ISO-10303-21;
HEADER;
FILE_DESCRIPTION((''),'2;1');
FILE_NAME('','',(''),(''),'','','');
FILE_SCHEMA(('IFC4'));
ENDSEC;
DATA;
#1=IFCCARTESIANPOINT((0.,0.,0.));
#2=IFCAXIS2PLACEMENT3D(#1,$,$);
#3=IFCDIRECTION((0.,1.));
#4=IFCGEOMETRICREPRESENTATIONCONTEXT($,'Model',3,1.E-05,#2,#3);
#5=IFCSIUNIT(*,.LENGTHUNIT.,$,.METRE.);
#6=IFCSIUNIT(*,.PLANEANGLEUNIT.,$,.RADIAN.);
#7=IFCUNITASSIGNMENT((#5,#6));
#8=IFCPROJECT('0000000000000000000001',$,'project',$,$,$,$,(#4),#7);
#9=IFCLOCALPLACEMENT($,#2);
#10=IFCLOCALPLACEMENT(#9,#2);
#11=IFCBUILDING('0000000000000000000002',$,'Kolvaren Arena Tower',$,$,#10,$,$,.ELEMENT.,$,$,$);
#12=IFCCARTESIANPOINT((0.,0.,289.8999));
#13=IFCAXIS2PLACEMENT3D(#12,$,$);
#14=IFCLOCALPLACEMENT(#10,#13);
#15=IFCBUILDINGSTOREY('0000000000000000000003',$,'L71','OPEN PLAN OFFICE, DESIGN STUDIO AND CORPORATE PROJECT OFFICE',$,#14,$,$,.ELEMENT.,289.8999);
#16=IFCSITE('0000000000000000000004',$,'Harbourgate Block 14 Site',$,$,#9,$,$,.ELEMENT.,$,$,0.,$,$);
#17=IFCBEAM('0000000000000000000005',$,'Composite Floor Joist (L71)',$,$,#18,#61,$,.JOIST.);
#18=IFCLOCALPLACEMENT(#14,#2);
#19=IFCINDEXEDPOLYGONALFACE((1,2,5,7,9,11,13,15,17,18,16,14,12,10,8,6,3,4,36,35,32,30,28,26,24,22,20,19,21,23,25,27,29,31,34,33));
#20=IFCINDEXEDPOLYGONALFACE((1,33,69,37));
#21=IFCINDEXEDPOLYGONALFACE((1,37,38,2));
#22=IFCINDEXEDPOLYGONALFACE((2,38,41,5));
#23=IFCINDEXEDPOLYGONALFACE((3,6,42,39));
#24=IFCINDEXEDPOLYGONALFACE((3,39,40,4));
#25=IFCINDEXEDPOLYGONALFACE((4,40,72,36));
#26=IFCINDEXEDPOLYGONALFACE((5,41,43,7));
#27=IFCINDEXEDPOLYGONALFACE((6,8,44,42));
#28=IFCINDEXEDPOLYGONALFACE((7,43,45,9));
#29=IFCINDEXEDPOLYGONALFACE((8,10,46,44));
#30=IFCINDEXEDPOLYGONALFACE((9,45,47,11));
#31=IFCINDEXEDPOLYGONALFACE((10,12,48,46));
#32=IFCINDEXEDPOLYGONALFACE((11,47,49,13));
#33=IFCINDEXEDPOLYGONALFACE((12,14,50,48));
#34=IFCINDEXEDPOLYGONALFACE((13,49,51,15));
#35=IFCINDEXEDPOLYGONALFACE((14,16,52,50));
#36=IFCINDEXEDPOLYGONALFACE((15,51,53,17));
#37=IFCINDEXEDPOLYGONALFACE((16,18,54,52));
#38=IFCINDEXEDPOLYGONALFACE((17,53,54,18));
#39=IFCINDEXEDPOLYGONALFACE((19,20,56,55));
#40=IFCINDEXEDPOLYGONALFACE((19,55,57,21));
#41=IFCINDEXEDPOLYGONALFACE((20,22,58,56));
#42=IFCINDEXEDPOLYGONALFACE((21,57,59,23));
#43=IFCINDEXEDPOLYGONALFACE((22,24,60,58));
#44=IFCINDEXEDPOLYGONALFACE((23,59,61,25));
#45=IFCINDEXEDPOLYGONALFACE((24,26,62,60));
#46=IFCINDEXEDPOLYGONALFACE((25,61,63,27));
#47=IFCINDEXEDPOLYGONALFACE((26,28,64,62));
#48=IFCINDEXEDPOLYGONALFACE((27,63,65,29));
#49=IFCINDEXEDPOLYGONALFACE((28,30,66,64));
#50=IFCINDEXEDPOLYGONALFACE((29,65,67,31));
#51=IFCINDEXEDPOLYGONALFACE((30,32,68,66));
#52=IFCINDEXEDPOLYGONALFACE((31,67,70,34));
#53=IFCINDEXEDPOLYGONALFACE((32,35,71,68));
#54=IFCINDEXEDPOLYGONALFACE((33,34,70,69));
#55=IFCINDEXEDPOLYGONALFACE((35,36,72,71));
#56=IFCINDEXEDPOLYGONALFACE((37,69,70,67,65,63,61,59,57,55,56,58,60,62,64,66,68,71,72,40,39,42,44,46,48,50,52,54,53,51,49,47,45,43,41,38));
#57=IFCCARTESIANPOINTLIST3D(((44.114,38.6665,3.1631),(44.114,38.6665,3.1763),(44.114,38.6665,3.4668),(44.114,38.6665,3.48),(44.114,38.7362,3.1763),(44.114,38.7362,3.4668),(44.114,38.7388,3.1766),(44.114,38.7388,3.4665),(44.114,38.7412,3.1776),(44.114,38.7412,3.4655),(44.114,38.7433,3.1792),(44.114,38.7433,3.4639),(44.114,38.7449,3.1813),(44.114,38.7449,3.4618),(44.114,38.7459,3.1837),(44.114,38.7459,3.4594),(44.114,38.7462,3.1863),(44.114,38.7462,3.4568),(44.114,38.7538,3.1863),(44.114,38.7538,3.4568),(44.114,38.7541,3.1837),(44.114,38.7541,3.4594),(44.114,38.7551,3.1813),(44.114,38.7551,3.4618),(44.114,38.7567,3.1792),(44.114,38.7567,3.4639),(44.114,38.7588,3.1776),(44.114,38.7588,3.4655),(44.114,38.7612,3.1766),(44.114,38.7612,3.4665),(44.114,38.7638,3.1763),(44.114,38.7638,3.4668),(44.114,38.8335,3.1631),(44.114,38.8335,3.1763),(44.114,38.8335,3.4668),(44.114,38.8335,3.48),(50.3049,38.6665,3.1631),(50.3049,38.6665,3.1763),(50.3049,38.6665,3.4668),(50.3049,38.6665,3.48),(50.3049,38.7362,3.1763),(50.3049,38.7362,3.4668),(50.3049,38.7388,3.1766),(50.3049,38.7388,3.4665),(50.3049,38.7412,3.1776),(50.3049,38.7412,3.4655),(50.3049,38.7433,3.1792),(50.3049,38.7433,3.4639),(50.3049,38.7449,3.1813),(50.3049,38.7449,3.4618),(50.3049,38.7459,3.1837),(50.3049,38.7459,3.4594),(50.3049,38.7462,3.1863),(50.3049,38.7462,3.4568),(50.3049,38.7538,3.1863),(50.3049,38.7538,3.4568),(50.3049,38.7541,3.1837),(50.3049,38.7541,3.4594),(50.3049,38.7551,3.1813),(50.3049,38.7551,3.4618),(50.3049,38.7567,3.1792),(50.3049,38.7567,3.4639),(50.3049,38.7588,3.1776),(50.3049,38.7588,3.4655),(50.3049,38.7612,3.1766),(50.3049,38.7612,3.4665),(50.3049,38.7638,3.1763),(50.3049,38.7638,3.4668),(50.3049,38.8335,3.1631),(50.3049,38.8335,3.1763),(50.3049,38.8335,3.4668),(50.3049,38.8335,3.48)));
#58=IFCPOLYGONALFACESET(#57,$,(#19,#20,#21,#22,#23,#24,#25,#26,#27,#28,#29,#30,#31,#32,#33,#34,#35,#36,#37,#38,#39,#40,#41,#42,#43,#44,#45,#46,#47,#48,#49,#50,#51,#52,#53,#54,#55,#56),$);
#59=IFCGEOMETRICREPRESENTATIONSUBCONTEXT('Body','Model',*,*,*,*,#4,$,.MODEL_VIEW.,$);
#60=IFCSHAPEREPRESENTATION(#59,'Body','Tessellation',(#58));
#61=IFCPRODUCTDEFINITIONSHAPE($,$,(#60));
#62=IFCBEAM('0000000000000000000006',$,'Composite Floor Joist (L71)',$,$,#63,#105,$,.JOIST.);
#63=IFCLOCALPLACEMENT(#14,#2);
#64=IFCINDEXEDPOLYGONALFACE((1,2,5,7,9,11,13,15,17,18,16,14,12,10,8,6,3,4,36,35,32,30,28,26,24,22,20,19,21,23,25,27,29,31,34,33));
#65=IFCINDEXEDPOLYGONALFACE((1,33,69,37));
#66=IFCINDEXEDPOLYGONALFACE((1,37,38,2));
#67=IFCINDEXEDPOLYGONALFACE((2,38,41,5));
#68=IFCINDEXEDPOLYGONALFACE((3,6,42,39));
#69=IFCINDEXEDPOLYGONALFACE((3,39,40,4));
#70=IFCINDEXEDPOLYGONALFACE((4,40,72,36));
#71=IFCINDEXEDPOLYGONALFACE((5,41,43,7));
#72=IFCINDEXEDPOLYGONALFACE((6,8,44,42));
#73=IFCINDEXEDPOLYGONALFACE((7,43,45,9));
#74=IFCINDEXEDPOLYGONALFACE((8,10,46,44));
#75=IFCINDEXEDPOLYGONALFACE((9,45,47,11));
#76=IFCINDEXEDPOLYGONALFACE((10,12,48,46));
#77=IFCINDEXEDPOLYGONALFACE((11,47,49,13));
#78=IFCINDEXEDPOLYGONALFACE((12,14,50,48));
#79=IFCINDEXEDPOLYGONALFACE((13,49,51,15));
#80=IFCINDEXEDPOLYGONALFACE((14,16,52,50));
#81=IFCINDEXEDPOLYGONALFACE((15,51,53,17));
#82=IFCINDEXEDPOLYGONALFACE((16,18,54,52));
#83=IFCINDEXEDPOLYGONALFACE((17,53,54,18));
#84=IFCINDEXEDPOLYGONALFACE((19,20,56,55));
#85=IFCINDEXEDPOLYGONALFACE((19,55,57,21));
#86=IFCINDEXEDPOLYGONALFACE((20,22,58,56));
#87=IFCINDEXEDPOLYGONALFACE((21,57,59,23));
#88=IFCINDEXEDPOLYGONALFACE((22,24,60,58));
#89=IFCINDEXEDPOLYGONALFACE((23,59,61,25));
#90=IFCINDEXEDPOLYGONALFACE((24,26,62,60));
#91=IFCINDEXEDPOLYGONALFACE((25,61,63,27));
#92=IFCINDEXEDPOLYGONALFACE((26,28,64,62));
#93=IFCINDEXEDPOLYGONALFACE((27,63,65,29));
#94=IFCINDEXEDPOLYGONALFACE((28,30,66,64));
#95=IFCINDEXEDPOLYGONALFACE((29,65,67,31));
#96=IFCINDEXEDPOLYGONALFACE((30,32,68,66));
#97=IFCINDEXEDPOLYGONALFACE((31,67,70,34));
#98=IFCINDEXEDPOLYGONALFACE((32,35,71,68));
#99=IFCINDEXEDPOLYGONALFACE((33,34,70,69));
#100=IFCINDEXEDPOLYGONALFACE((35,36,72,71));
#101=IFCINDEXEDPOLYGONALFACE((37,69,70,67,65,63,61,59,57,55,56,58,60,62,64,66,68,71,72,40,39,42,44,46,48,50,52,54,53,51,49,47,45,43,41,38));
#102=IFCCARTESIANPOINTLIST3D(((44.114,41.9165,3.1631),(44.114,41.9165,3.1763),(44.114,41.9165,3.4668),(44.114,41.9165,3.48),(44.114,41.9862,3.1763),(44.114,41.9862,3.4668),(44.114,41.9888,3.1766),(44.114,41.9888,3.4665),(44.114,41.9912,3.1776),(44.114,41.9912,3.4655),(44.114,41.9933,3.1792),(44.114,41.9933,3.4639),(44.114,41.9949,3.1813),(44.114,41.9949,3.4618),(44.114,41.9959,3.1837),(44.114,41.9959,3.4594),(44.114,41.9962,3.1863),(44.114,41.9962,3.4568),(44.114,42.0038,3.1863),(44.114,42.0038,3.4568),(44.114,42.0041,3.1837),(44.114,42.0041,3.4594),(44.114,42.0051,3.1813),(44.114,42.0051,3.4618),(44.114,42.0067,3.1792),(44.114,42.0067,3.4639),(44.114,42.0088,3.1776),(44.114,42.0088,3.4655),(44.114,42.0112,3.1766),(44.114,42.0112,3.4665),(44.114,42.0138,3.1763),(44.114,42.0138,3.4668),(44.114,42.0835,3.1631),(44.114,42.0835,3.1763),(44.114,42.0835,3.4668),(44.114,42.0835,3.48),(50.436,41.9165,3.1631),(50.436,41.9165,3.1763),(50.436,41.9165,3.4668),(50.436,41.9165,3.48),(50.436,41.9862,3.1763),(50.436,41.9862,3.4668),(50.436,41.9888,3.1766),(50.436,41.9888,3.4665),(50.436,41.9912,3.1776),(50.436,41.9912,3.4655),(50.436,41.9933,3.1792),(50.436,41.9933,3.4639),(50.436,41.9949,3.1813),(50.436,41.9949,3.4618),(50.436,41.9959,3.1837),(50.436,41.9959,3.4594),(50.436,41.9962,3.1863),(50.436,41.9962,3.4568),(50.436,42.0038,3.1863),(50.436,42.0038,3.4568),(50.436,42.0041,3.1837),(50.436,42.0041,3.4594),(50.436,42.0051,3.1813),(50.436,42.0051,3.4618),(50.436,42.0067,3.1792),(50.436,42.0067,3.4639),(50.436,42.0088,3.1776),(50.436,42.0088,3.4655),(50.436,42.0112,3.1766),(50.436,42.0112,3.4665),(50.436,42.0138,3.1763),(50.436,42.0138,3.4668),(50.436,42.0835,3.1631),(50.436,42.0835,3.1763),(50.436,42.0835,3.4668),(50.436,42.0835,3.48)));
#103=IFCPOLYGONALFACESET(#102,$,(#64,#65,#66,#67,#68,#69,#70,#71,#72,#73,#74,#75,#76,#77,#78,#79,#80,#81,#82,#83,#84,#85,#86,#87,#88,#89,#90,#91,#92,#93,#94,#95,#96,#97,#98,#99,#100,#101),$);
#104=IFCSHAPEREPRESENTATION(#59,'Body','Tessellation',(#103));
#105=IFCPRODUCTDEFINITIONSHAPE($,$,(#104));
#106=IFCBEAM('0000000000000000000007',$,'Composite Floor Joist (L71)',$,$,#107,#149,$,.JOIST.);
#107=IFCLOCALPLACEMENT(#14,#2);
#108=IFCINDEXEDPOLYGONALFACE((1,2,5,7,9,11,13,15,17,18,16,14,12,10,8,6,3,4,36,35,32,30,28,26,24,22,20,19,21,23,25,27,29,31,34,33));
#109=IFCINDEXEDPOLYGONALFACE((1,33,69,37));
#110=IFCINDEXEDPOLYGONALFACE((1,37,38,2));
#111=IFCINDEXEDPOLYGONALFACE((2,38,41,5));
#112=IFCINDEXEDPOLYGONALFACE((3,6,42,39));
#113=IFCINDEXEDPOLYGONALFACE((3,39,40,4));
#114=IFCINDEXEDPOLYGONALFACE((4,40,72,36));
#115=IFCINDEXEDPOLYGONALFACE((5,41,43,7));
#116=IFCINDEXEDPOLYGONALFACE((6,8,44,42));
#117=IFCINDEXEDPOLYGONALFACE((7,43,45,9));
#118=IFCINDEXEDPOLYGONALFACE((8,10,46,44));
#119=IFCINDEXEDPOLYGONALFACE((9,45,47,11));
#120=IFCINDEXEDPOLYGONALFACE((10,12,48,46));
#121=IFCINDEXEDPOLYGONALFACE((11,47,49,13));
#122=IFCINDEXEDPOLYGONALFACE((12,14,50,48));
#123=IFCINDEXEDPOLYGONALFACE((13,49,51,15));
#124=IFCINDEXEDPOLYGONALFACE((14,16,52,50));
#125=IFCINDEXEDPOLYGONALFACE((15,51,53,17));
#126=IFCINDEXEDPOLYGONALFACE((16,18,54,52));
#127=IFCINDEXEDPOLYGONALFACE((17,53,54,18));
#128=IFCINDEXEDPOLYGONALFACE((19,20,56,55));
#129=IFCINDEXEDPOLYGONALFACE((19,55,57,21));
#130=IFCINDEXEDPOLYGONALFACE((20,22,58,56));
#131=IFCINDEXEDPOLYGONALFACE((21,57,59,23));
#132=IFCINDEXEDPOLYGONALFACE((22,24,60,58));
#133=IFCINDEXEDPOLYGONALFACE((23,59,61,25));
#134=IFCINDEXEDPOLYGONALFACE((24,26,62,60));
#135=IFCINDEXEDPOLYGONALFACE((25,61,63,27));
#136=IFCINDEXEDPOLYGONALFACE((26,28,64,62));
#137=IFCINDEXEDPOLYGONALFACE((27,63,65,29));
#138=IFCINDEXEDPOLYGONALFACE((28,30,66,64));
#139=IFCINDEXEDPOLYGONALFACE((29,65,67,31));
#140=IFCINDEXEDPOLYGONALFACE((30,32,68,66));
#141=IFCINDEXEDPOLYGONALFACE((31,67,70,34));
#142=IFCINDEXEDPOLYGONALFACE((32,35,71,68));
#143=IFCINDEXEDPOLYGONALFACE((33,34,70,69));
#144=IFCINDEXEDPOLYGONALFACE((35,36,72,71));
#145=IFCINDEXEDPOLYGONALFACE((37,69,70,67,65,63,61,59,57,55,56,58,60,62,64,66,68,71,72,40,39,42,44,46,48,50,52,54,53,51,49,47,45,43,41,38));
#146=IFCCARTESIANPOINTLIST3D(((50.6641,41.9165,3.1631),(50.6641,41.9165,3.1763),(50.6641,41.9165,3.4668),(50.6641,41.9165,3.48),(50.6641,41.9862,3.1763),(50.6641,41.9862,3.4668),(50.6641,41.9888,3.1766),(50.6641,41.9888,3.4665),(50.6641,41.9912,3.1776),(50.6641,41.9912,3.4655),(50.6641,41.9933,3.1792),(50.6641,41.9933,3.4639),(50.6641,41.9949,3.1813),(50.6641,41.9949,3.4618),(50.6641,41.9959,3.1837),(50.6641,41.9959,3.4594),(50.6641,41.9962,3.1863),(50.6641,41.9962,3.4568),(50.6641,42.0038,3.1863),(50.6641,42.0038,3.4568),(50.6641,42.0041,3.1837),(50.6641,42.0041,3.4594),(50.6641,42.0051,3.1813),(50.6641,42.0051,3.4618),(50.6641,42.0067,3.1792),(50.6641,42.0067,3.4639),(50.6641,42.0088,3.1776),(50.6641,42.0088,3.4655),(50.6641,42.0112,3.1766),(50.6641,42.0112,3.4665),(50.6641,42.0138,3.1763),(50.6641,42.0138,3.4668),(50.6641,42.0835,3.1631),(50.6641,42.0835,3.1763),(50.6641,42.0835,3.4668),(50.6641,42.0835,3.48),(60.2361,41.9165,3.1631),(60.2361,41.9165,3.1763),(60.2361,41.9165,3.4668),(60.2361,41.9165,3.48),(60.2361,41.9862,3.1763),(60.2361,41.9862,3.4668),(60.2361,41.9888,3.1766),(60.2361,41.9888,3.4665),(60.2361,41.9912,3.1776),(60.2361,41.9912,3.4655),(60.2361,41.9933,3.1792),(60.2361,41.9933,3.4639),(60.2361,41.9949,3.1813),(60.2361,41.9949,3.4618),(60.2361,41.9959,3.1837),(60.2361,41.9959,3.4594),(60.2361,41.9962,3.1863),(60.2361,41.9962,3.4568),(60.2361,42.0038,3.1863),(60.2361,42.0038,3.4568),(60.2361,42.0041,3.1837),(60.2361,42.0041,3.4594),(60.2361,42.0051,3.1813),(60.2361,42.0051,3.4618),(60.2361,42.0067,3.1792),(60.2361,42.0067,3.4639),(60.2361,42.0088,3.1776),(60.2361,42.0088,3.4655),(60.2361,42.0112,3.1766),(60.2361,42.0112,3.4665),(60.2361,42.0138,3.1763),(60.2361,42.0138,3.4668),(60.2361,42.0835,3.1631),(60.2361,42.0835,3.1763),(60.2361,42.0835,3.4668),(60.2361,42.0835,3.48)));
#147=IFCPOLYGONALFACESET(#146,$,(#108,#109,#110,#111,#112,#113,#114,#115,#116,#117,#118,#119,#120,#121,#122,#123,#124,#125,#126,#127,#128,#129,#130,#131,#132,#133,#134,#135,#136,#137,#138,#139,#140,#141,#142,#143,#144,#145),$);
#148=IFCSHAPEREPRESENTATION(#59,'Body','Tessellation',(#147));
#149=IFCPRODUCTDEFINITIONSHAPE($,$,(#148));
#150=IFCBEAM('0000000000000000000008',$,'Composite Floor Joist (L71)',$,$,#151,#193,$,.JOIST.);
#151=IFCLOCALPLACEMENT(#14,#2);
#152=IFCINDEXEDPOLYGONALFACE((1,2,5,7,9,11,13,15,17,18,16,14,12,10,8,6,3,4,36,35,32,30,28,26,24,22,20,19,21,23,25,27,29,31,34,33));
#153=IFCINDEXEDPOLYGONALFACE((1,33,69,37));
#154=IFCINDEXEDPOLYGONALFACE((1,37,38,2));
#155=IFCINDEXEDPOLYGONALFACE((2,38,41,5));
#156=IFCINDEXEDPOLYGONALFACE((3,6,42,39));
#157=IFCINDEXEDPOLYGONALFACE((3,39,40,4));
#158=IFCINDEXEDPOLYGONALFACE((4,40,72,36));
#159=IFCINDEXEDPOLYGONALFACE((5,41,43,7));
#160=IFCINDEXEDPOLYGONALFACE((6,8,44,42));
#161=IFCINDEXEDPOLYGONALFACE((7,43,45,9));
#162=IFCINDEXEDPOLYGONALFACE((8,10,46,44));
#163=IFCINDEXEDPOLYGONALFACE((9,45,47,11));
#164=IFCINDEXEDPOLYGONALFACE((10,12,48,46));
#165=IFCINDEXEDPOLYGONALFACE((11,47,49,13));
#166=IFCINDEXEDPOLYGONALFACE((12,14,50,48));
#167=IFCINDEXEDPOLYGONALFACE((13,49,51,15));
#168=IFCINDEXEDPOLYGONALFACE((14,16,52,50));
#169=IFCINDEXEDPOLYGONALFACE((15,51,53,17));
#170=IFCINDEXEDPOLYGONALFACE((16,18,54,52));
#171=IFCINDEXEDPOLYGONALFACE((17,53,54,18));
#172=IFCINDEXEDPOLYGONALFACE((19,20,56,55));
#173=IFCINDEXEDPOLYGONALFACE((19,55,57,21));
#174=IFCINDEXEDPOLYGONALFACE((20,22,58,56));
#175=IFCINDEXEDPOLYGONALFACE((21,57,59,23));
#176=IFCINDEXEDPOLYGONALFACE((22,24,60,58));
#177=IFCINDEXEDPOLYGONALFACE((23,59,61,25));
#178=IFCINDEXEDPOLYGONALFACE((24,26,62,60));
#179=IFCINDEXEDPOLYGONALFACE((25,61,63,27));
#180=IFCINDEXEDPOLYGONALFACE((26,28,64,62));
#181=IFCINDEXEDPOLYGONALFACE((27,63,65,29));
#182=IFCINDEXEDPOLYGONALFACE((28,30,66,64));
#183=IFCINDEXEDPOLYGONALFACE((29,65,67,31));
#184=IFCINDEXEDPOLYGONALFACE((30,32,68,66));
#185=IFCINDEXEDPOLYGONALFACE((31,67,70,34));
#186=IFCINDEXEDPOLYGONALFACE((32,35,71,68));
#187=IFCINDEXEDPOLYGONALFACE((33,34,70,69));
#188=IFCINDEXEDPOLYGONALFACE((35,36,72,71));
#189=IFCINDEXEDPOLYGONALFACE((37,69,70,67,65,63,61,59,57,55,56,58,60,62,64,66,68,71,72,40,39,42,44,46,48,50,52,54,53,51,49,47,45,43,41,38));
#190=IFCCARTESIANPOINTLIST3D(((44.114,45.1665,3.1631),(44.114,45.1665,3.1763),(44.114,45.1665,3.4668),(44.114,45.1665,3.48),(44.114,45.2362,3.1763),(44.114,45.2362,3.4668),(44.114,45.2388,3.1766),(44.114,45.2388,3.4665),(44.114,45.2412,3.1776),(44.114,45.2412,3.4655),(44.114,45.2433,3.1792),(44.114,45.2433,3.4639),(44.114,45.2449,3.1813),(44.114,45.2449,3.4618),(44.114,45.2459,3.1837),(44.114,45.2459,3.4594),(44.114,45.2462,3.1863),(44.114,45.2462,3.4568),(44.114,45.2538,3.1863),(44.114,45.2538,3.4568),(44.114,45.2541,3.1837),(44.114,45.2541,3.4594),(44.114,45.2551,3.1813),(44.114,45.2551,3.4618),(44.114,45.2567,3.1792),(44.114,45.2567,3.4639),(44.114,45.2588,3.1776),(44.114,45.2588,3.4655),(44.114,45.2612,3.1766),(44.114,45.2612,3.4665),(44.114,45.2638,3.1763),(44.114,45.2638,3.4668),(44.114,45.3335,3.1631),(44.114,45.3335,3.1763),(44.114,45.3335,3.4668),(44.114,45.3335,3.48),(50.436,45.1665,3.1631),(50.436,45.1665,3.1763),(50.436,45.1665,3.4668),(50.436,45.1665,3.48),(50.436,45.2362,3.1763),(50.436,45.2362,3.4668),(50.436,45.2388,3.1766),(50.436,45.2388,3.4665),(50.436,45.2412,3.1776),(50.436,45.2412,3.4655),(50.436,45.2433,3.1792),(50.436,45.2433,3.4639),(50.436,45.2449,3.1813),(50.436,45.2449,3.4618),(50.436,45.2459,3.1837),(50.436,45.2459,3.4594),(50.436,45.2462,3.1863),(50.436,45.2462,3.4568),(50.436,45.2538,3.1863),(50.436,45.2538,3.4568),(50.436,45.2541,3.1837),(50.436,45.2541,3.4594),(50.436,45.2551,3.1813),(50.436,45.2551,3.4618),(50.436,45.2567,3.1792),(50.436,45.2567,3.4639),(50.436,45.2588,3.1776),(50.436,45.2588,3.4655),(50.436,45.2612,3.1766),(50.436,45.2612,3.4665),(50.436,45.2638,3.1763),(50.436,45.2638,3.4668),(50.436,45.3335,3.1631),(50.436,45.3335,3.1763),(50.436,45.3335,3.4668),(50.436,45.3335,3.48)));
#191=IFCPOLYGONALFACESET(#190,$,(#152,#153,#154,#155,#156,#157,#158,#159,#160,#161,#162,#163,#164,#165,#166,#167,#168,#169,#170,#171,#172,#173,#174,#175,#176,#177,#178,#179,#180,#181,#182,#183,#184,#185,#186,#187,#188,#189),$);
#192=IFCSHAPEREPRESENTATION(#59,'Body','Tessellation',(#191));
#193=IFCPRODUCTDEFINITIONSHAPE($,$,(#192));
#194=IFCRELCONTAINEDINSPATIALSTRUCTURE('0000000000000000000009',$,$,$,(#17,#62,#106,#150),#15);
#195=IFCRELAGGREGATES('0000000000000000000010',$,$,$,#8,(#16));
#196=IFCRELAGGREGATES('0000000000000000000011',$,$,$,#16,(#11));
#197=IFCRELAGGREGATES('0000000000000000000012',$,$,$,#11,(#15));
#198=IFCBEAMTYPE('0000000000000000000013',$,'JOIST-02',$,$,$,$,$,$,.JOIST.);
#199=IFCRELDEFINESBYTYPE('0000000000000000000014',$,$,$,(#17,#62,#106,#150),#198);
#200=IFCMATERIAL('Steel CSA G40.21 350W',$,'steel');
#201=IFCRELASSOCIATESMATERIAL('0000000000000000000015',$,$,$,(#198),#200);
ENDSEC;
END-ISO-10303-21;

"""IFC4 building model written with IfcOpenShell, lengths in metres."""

from ifc_helpers import new_model, si_unit, direction, frame, origin, origin_2d, place, context, subcontext, project, spatial, i_section, extrude, material, material_profile, profile_set, type_object, element, save


model = new_model("IFC4")

# Units and contexts
model_context = context("Model", 3, precision=1e-05, world=origin(), true_north=direction((0.0, 1.0)))
body_context = subcontext(model_context, "Body", "Model", "MODEL_VIEW")
ifc_project = project(units=[si_unit("LENGTHUNIT", "METRE"), si_unit("PLANEANGLEUNIT", "RADIAN")], contexts=[model_context])

# Site, building, storey
site_placement = place(None, origin())
site = spatial("IfcSite", under=ifc_project, at=site_placement, Name="Harbourgate Block 14 Site", CompositionType="ELEMENT", RefElevation=0.0)
building_placement = place(site_placement, origin())
building = spatial("IfcBuilding", under=site, at=building_placement, Name="Kolvaren Arena Tower", CompositionType="ELEMENT")
storey_placement = place(building_placement, frame((0.0, 0.0, 289.8999)))
storey = spatial("IfcBuildingStorey", under=building, at=storey_placement, Name="L71", Description="OPEN PLAN OFFICE, DESIGN STUDIO AND CORPORATE PROJECT OFFICE", CompositionType="ELEMENT", Elevation=289.8999)

# Beams
ifc_material_1 = material(Name="Steel CSA G40.21 350W", Category="steel")
ifc_material_profile_1 = material_profile(ifc_material_1, i_section(OverallWidth=0.167, OverallDepth=0.3169, WebThickness=0.0076, FlangeThickness=0.0132, FilletRadius=0.01, at=origin_2d()), Name="W310x52")
ifc_profile_set_1 = profile_set([ifc_material_profile_1], Name="Steel CSA G40.21 350W")
beam_type_1 = type_object("IfcBeamType", Name="JOIST-02", PredefinedType="JOIST", material=ifc_profile_set_1)
for number, where, z_axis, x_axis, name in (
    (1, (44.114, 38.75, 3.3215), (1.0, 0.0, 0.0), (0.0, 1.0, 0.0), "Composite Floor Joist (L71)"),
):
    element("IfcBeam", number, at=place(storey_placement, frame(where, z_axis=z_axis, x_axis=x_axis)), inside=storey, type_object=beam_type_1, Name=name, PredefinedType="JOIST", context=body_context, shape_type="SweptSolid", body=[
        extrude(i_section(OverallWidth=0.167, OverallDepth=0.3169, WebThickness=0.0076, FlangeThickness=0.0132, FilletRadius=0.01, at=origin_2d()), origin(), (0.0, 0.0, 1.0), 6.1909),
    ])
beam_1_placement = place(storey_placement, frame((44.114, 42.0, 3.3215), z_axis=(1.0, 0.0, 0.0), x_axis=(0.0, 1.0, 0.0)))
element("IfcBeam", 2, at=beam_1_placement, inside=storey, type_object=beam_type_1, Name="Composite Floor Joist (L71)", PredefinedType="JOIST", context=body_context, shape_type="SweptSolid", body=[
    extrude(i_section(OverallWidth=0.167, OverallDepth=0.3169, WebThickness=0.0076, FlangeThickness=0.0132, FilletRadius=0.01, at=origin_2d()), origin(), (0.0, 0.0, 1.0), 6.322),
])
beam_2_placement = place(storey_placement, frame((50.6641, 42.0, 3.3215), z_axis=(1.0, 0.0, 0.0), x_axis=(0.0, 1.0, 0.0)))
element("IfcBeam", 3, at=beam_2_placement, inside=storey, type_object=beam_type_1, Name="Composite Floor Joist (L71)", PredefinedType="JOIST", context=body_context, shape_type="SweptSolid", body=[
    extrude(i_section(OverallWidth=0.167, OverallDepth=0.3169, WebThickness=0.0076, FlangeThickness=0.0132, FilletRadius=0.01, at=origin_2d()), origin(), (0.0, 0.0, 1.0), 9.572),
])
beam_3_placement = place(storey_placement, frame((44.114, 45.25, 3.3215), z_axis=(1.0, 0.0, 0.0), x_axis=(0.0, 1.0, 0.0)))
element("IfcBeam", 4, at=beam_3_placement, inside=storey, type_object=beam_type_1, Name="Composite Floor Joist (L71)", PredefinedType="JOIST", context=body_context, shape_type="SweptSolid", body=[
    extrude(i_section(OverallWidth=0.167, OverallDepth=0.3169, WebThickness=0.0076, FlangeThickness=0.0132, FilletRadius=0.01, at=origin_2d()), origin(), (0.0, 0.0, 1.0), 6.322),
])

save(model, "model.ifc")
